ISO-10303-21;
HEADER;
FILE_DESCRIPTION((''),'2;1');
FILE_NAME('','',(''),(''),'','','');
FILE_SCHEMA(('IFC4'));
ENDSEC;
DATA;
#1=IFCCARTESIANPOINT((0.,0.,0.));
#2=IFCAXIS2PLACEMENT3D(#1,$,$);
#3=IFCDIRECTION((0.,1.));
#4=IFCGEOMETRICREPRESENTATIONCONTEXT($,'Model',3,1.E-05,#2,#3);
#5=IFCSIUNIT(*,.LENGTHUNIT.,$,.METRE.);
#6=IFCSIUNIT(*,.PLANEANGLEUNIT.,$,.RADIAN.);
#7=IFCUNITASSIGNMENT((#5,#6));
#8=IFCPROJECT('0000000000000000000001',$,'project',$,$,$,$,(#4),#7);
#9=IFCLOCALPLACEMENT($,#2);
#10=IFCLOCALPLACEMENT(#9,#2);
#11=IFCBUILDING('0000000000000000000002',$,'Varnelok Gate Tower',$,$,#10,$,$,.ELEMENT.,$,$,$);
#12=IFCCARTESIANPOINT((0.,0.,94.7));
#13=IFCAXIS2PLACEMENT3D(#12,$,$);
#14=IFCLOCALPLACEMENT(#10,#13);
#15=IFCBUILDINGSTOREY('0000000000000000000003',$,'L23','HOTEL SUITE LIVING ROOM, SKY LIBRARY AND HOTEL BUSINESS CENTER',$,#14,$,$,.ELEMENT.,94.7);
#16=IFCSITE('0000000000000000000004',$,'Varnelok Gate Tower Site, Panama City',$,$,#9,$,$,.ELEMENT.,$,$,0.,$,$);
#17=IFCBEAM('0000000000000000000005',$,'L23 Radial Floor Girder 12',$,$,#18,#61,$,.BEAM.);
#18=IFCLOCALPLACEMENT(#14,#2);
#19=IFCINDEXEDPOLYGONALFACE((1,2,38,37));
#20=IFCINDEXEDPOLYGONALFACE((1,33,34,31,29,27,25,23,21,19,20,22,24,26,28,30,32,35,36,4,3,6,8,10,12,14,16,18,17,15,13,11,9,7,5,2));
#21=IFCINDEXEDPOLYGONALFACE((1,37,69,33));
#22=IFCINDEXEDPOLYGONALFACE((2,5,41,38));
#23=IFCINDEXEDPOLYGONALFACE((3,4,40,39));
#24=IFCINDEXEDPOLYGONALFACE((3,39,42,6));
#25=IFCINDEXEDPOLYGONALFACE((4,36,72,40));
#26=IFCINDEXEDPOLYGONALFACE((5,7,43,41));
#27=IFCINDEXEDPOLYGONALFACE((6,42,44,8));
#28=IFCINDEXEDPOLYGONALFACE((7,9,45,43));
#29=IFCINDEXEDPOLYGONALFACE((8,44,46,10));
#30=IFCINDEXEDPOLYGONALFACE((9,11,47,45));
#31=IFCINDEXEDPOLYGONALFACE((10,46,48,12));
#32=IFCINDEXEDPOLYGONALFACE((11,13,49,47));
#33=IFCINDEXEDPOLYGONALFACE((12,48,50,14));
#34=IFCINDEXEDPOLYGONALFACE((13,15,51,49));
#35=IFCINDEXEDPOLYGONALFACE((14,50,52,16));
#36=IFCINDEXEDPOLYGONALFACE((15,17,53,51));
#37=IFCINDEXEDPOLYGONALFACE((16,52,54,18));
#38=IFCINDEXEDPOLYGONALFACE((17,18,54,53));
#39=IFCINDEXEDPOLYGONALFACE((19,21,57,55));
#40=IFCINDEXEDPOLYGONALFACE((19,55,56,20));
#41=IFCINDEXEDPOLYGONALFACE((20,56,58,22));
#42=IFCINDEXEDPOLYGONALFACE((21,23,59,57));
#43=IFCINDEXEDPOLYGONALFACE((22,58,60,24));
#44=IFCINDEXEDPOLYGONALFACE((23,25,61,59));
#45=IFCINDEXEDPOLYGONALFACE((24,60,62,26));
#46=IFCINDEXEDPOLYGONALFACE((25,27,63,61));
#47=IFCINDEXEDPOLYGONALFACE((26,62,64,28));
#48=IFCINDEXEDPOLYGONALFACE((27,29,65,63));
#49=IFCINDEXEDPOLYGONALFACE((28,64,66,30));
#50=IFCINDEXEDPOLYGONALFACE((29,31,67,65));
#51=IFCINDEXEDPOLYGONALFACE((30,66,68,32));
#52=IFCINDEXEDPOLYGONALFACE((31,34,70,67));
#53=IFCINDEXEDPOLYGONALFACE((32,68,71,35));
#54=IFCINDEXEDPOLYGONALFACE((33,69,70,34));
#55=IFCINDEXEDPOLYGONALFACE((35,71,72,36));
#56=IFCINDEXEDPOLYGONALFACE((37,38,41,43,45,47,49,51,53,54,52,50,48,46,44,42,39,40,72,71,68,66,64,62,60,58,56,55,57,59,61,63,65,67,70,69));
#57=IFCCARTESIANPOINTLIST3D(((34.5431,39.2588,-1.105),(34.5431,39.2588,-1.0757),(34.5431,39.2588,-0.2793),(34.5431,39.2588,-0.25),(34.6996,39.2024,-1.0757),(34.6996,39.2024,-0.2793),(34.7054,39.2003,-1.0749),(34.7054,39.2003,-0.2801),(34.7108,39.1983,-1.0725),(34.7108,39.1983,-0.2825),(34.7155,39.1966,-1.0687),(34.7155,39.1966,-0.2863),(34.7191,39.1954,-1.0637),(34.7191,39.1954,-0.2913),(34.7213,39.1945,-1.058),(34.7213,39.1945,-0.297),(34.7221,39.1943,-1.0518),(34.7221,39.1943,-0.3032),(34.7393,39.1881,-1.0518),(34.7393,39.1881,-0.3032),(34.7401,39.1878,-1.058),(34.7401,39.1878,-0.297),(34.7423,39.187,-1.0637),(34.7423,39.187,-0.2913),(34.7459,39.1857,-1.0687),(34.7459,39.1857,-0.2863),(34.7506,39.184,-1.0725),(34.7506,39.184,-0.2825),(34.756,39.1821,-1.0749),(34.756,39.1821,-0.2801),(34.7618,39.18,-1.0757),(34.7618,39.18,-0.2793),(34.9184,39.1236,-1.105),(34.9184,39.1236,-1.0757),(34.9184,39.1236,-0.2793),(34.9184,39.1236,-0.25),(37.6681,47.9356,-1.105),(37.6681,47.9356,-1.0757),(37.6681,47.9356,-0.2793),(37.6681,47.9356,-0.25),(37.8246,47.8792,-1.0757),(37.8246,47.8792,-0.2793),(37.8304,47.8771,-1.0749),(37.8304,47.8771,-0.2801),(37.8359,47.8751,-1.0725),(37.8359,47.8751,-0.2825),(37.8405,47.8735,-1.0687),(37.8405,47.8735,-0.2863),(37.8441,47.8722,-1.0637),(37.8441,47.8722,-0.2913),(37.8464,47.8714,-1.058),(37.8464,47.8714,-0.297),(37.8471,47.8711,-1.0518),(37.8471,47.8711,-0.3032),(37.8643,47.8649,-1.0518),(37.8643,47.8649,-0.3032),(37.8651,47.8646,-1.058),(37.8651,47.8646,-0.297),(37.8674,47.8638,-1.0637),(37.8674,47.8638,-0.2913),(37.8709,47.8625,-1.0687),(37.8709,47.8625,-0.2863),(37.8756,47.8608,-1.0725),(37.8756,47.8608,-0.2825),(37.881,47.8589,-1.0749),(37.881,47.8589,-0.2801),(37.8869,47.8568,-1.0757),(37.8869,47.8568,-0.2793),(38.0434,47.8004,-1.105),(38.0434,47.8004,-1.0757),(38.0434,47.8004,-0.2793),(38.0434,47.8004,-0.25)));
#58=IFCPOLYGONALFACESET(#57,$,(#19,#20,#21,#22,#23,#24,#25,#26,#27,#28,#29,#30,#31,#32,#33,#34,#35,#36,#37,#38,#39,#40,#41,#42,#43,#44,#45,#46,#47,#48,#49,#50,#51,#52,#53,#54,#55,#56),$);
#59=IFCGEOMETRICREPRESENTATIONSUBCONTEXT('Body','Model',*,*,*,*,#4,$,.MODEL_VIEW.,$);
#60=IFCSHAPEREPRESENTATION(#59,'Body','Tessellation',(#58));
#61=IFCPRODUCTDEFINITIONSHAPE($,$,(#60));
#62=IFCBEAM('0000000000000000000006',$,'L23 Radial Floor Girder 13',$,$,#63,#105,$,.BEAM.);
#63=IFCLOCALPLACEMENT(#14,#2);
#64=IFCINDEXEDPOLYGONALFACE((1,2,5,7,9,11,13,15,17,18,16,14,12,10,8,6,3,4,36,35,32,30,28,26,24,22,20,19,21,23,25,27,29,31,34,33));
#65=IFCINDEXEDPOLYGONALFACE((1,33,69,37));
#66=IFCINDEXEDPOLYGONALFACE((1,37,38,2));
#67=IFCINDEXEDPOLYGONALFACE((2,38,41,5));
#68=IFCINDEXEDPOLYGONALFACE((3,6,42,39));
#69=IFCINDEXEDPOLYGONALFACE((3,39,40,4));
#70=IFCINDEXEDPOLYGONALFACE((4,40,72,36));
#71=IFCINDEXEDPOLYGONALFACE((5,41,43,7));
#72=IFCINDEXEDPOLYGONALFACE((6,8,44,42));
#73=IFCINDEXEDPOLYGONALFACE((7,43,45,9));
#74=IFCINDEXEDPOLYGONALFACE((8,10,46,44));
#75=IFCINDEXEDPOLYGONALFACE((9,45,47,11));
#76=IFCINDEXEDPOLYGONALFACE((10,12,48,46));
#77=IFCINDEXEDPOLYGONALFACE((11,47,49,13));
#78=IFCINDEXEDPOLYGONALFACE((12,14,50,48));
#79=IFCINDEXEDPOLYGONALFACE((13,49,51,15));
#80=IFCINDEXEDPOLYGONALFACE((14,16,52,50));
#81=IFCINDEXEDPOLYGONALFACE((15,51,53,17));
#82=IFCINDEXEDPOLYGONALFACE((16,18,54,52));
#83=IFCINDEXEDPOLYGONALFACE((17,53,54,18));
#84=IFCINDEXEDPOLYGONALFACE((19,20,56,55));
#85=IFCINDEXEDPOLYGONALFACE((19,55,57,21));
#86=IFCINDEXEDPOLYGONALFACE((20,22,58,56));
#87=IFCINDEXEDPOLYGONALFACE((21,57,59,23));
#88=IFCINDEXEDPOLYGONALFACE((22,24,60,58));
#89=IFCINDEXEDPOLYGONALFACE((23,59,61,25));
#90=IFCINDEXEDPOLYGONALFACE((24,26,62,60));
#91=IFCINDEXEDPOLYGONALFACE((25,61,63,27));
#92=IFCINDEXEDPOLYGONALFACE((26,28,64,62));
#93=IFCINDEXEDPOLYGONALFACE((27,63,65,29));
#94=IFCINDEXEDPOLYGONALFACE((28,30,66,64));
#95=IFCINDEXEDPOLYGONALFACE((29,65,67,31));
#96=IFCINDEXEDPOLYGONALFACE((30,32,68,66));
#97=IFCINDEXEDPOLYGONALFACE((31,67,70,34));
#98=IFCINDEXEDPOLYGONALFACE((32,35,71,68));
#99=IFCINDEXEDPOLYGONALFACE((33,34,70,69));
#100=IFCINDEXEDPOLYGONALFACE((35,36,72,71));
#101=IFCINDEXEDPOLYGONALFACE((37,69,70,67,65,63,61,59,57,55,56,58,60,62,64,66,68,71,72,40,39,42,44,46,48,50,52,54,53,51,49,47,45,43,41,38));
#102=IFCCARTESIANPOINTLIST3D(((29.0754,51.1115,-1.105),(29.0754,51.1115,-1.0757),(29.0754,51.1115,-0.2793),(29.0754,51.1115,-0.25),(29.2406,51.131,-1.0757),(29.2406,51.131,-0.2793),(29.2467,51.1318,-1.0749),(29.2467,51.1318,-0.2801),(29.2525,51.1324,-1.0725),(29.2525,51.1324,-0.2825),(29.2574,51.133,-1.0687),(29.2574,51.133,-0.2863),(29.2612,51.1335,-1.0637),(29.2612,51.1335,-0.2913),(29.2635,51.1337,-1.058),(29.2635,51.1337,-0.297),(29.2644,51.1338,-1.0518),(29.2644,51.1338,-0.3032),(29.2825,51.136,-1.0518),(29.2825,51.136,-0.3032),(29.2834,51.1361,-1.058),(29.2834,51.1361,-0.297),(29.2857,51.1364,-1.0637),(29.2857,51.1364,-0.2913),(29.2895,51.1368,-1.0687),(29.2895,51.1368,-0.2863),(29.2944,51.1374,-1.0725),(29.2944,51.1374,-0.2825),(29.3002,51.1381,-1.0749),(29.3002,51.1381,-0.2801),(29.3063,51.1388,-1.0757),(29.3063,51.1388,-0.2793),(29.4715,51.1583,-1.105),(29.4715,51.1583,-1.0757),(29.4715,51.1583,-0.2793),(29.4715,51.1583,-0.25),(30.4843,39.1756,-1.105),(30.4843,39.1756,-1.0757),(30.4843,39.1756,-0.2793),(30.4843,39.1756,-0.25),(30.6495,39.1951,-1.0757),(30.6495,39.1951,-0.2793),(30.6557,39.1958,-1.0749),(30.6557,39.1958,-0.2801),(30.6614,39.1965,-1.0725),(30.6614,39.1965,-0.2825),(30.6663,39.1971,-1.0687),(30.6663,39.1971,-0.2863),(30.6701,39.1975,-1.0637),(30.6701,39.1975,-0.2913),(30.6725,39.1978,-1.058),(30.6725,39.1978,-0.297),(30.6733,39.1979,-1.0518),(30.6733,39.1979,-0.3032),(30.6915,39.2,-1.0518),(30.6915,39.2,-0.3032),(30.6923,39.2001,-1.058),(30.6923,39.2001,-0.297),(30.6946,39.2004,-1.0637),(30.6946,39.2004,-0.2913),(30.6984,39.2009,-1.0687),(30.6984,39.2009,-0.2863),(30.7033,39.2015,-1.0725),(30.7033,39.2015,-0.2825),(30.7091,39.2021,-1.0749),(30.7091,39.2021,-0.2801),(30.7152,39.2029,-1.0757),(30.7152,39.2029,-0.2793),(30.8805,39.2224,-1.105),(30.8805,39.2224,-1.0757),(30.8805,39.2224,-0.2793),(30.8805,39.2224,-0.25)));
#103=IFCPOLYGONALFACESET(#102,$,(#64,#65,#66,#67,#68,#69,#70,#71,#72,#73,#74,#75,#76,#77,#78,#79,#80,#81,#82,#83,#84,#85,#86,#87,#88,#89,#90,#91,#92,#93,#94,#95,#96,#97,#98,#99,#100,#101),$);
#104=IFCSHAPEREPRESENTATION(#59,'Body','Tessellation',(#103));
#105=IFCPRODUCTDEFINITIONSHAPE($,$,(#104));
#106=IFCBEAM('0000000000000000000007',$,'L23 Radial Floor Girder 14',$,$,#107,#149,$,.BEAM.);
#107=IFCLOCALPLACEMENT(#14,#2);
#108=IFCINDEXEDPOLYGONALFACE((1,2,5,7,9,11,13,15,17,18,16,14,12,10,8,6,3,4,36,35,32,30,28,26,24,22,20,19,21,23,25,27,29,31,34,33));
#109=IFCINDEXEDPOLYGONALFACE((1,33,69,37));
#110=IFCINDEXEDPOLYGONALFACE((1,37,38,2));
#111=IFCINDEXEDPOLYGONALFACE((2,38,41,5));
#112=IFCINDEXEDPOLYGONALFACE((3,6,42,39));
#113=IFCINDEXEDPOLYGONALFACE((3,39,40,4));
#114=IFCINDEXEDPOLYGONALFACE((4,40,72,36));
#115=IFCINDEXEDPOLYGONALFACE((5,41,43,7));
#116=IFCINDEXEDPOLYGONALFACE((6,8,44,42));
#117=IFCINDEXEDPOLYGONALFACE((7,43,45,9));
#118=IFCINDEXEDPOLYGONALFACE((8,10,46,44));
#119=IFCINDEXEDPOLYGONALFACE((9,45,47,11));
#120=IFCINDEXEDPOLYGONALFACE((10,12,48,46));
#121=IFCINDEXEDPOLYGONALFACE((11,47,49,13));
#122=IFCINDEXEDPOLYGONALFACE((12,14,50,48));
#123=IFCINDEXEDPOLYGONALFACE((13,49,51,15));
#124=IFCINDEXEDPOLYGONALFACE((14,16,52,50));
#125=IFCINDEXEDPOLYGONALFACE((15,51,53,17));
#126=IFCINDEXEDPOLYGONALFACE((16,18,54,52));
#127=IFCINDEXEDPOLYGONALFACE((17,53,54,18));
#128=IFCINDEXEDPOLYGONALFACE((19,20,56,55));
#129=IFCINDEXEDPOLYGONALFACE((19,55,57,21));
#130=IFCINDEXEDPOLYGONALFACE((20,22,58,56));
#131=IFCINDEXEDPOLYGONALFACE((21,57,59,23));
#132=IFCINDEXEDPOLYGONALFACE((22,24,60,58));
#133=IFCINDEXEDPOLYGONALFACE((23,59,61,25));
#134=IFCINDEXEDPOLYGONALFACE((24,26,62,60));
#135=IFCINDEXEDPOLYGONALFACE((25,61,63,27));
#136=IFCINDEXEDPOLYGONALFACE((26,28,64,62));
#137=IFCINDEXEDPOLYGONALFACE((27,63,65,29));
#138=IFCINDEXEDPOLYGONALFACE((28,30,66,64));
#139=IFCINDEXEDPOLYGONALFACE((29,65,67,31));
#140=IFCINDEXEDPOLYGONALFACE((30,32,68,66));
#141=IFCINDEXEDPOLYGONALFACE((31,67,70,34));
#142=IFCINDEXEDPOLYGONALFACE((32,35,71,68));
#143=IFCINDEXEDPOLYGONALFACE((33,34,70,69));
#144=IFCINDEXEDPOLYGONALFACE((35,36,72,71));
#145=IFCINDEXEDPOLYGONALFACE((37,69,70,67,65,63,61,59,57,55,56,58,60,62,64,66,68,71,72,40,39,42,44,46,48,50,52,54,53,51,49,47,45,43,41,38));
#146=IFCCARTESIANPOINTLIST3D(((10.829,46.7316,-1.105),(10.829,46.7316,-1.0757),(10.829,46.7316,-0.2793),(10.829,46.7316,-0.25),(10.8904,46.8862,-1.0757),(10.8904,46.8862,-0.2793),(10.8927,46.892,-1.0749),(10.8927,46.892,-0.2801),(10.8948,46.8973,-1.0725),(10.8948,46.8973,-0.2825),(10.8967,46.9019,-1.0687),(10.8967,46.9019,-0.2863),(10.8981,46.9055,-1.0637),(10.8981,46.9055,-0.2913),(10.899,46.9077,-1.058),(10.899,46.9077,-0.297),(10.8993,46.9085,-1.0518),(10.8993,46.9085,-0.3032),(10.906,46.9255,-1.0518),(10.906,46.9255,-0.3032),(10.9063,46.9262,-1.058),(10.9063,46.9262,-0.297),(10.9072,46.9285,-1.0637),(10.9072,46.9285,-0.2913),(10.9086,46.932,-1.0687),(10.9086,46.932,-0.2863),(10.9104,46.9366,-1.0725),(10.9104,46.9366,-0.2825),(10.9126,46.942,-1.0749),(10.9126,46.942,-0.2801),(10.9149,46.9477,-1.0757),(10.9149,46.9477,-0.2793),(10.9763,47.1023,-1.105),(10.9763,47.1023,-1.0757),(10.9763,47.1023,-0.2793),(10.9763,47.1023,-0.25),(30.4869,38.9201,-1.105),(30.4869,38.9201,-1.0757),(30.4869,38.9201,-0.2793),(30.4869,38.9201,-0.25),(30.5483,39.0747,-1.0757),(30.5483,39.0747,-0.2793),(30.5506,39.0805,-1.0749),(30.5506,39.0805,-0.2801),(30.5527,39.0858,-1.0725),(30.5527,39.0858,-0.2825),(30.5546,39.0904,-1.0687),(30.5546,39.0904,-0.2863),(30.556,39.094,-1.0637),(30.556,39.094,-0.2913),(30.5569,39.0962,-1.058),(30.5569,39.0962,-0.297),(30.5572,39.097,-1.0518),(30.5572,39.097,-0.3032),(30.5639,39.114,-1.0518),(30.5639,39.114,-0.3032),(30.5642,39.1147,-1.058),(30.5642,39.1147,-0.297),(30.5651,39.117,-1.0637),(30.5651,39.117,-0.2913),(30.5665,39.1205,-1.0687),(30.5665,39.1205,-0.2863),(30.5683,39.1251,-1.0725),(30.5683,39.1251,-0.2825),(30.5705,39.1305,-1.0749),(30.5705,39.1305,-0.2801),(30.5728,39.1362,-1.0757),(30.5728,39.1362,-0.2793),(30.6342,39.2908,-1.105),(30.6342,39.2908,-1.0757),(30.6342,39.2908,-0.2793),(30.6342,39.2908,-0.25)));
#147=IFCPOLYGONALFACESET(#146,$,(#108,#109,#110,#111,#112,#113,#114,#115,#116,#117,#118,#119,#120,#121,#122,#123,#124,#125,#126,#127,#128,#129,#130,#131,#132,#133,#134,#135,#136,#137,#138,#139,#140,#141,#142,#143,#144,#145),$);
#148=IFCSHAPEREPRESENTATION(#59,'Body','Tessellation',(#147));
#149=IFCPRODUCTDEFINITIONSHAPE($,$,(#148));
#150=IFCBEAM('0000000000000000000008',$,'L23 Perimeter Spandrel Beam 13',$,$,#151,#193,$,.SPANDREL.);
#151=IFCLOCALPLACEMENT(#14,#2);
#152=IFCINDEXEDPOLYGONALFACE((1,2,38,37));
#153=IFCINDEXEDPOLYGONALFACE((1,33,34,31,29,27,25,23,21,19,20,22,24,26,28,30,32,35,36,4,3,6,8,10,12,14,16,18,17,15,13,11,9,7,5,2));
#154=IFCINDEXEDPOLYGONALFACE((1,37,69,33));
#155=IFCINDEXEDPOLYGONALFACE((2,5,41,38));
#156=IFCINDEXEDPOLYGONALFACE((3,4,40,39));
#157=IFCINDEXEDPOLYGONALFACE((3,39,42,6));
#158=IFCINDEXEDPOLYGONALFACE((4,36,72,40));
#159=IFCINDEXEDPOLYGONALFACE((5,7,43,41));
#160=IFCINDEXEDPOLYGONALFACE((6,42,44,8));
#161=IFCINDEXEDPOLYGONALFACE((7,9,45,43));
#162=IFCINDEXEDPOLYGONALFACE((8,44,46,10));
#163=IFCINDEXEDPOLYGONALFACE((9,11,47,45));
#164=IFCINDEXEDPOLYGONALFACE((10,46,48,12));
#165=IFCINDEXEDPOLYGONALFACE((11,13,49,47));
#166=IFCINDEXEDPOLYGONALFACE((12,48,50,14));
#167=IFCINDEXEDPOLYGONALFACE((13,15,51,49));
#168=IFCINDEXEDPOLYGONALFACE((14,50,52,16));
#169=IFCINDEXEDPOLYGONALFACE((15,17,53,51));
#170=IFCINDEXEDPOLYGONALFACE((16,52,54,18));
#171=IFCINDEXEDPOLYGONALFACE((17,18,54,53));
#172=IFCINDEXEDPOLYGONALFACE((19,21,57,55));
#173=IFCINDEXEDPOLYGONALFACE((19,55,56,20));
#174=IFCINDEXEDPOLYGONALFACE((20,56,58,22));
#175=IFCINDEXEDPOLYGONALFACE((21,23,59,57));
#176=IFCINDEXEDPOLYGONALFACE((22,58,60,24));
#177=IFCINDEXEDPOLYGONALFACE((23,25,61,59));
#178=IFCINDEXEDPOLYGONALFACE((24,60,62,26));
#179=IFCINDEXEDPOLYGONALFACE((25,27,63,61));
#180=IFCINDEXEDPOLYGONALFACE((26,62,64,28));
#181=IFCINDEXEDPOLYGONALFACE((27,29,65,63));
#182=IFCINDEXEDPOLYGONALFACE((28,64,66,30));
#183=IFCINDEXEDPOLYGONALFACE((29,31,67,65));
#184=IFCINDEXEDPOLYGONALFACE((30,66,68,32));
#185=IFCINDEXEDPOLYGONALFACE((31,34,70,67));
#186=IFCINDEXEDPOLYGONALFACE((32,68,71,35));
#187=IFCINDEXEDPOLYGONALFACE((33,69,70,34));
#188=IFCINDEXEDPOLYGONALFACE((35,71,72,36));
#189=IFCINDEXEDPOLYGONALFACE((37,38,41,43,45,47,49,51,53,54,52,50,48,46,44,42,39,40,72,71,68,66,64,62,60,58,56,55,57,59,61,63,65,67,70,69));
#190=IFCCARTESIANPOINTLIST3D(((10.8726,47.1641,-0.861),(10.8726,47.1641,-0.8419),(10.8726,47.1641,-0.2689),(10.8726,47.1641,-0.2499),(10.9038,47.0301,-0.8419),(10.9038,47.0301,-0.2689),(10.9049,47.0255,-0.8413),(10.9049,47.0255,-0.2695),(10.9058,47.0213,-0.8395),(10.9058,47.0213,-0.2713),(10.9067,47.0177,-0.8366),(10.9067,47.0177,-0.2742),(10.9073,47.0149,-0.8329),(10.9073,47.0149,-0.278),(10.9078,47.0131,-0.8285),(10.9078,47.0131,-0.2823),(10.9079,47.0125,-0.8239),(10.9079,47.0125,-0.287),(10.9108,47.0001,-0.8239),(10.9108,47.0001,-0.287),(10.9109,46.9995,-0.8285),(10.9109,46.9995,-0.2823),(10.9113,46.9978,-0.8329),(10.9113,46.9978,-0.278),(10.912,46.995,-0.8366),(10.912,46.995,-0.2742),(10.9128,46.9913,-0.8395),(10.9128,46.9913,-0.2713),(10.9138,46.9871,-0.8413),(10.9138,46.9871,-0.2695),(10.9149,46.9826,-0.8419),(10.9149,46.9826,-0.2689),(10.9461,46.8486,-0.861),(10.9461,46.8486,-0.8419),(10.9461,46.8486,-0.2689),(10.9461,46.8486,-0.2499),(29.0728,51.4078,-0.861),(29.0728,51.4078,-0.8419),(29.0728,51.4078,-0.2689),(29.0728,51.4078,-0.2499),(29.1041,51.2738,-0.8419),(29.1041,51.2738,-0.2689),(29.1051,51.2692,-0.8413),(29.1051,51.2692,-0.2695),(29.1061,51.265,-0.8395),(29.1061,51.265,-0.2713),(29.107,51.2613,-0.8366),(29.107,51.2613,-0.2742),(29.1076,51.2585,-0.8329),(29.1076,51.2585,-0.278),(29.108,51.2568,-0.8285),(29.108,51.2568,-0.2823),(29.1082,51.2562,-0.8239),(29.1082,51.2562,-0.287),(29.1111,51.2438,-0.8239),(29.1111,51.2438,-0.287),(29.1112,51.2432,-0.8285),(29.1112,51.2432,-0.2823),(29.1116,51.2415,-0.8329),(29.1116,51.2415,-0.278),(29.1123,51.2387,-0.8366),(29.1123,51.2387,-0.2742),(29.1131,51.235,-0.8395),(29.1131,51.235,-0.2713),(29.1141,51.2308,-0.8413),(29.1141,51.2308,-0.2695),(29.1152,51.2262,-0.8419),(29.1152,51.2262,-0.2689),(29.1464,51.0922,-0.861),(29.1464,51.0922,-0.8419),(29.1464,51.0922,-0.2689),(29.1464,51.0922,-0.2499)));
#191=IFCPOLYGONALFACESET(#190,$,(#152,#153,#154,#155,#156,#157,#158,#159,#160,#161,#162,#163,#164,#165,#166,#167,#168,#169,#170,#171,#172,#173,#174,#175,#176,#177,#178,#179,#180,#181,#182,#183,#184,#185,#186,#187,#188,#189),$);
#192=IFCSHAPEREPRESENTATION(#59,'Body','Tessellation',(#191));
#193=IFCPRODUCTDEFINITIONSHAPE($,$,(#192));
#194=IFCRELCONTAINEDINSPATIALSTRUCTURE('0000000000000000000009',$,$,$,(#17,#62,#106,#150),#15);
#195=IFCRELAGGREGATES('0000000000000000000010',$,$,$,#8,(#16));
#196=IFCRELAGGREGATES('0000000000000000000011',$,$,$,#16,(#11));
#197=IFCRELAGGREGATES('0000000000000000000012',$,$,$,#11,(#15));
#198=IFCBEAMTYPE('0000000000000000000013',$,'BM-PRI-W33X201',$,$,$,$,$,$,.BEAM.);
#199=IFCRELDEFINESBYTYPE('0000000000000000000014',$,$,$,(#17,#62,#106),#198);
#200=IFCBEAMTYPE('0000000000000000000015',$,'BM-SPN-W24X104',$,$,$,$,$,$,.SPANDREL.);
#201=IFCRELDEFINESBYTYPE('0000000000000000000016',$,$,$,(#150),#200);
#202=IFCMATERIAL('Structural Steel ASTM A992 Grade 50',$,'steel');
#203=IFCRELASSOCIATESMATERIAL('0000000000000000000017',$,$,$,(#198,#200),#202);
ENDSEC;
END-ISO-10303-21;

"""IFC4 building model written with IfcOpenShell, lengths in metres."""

from ifc_helpers import new_model, si_unit, direction, frame, origin, origin_2d, place, context, subcontext, project, spatial, i_section, extrude, material, material_profile, profile_set, type_object, element, save


model = new_model("IFC4")

# Units and contexts
model_context = context("Model", 3, precision=1e-05, world=origin(), true_north=direction((0.0, 1.0)))
body_context = subcontext(model_context, "Body", "Model", "MODEL_VIEW")
ifc_project = project(units=[si_unit("LENGTHUNIT", "METRE"), si_unit("PLANEANGLEUNIT", "RADIAN")], contexts=[model_context])

# Site, building, storey
site_placement = place(None, origin())
site = spatial("IfcSite", under=ifc_project, at=site_placement, Name="Varnelok Gate Tower Site, Panama City", CompositionType="ELEMENT", RefElevation=0.0)
building_placement = place(site_placement, origin())
building = spatial("IfcBuilding", under=site, at=building_placement, Name="Varnelok Gate Tower", CompositionType="ELEMENT")
storey_placement = place(building_placement, frame((0.0, 0.0, 94.7)))
storey = spatial("IfcBuildingStorey", under=building, at=storey_placement, Name="L23", Description="HOTEL SUITE LIVING ROOM, SKY LIBRARY AND HOTEL BUSINESS CENTER", CompositionType="ELEMENT", Elevation=94.7)

# Shared definitions
ifc_material_1 = material(Name="Structural Steel ASTM A992 Grade 50", Category="steel")

# Beams
ifc_material_profile_1 = material_profile(ifc_material_1, i_section(OverallWidth=0.3989, OverallDepth=0.855, WebThickness=0.0183, FlangeThickness=0.0293, FilletRadius=0.0239, at=origin_2d()), Name="W33X201")
ifc_profile_set_1 = profile_set([ifc_material_profile_1], Name="Structural Steel ASTM A992 Grade 50")
beam_type_1 = type_object("IfcBeamType", Name="BM-PRI-W33X201", PredefinedType="BEAM", material=ifc_profile_set_1)
beam_1_placement = place(storey_placement, frame((34.7307, 39.1912, -0.6775), z_axis=(0.338851, 0.94084, 0.0), x_axis=(-0.94084, 0.338851, 0.0)))
element("IfcBeam", 1, at=beam_1_placement, inside=storey, type_object=beam_type_1, Name="L23 Radial Floor Girder 12", PredefinedType="BEAM", context=body_context, shape_type="SweptSolid", body=[
    extrude(i_section(OverallWidth=0.3989, OverallDepth=0.855, WebThickness=0.0183, FlangeThickness=0.0293, FilletRadius=0.0239, at=origin_2d()), origin(), (0.0, 0.0, 1.0), 9.2224),
])
beam_2_placement = place(storey_placement, frame((30.6824, 39.199, -0.6775), z_axis=(-0.117227, 0.993105, 0.0), x_axis=(-0.993105, -0.117227, 0.0)))
element("IfcBeam", 2, at=beam_2_placement, inside=storey, type_object=beam_type_1, Name="L23 Radial Floor Girder 13", PredefinedType="BEAM", context=body_context, shape_type="SweptSolid", body=[
    extrude(i_section(OverallWidth=0.3989, OverallDepth=0.855, WebThickness=0.0183, FlangeThickness=0.0293, FilletRadius=0.0239, at=origin_2d()), origin(), (0.0, 0.0, 1.0), 12.0188),
])
beam_3_placement = place(storey_placement, frame((30.5605, 39.1055, -0.6775), z_axis=(-0.929316, 0.369284, 0.0), x_axis=(-0.369284, -0.929316, 0.0)))
element("IfcBeam", 3, at=beam_3_placement, inside=storey, type_object=beam_type_1, Name="L23 Radial Floor Girder 14", PredefinedType="BEAM", context=body_context, shape_type="SweptSolid", body=[
    extrude(i_section(OverallWidth=0.3989, OverallDepth=0.855, WebThickness=0.0183, FlangeThickness=0.0293, FilletRadius=0.0239, at=origin_2d()), origin(), (0.0, 0.0, 1.0), 21.1531),
])
ifc_material_profile_2 = material_profile(ifc_material_1, i_section(OverallWidth=0.324, OverallDepth=0.6111, WebThickness=0.0127, FlangeThickness=0.019, FilletRadius=0.0181, at=origin_2d()), Name="W24X104")
ifc_profile_set_2 = profile_set([ifc_material_profile_2], Name="Structural Steel ASTM A992 Grade 50")
beam_type_2 = type_object("IfcBeamType", Name="BM-SPN-W24X104", PredefinedType="SPANDREL", material=ifc_profile_set_2)
beam_4_placement = place(storey_placement, frame((29.1096, 51.25, -0.5554), z_axis=(-0.973877, -0.227074, 0.0), x_axis=(0.227074, -0.973877, 0.0)))
element("IfcBeam", 4, at=beam_4_placement, inside=storey, type_object=beam_type_2, Name="L23 Perimeter Spandrel Beam 13", PredefinedType="SPANDREL", context=body_context, shape_type="SweptSolid", body=[
    extrude(i_section(OverallWidth=0.324, OverallDepth=0.6111, WebThickness=0.0127, FlangeThickness=0.019, FilletRadius=0.0181, at=origin_2d()), origin(), (0.0, 0.0, 1.0), 18.6885),
])

save(model, "model.ifc")
